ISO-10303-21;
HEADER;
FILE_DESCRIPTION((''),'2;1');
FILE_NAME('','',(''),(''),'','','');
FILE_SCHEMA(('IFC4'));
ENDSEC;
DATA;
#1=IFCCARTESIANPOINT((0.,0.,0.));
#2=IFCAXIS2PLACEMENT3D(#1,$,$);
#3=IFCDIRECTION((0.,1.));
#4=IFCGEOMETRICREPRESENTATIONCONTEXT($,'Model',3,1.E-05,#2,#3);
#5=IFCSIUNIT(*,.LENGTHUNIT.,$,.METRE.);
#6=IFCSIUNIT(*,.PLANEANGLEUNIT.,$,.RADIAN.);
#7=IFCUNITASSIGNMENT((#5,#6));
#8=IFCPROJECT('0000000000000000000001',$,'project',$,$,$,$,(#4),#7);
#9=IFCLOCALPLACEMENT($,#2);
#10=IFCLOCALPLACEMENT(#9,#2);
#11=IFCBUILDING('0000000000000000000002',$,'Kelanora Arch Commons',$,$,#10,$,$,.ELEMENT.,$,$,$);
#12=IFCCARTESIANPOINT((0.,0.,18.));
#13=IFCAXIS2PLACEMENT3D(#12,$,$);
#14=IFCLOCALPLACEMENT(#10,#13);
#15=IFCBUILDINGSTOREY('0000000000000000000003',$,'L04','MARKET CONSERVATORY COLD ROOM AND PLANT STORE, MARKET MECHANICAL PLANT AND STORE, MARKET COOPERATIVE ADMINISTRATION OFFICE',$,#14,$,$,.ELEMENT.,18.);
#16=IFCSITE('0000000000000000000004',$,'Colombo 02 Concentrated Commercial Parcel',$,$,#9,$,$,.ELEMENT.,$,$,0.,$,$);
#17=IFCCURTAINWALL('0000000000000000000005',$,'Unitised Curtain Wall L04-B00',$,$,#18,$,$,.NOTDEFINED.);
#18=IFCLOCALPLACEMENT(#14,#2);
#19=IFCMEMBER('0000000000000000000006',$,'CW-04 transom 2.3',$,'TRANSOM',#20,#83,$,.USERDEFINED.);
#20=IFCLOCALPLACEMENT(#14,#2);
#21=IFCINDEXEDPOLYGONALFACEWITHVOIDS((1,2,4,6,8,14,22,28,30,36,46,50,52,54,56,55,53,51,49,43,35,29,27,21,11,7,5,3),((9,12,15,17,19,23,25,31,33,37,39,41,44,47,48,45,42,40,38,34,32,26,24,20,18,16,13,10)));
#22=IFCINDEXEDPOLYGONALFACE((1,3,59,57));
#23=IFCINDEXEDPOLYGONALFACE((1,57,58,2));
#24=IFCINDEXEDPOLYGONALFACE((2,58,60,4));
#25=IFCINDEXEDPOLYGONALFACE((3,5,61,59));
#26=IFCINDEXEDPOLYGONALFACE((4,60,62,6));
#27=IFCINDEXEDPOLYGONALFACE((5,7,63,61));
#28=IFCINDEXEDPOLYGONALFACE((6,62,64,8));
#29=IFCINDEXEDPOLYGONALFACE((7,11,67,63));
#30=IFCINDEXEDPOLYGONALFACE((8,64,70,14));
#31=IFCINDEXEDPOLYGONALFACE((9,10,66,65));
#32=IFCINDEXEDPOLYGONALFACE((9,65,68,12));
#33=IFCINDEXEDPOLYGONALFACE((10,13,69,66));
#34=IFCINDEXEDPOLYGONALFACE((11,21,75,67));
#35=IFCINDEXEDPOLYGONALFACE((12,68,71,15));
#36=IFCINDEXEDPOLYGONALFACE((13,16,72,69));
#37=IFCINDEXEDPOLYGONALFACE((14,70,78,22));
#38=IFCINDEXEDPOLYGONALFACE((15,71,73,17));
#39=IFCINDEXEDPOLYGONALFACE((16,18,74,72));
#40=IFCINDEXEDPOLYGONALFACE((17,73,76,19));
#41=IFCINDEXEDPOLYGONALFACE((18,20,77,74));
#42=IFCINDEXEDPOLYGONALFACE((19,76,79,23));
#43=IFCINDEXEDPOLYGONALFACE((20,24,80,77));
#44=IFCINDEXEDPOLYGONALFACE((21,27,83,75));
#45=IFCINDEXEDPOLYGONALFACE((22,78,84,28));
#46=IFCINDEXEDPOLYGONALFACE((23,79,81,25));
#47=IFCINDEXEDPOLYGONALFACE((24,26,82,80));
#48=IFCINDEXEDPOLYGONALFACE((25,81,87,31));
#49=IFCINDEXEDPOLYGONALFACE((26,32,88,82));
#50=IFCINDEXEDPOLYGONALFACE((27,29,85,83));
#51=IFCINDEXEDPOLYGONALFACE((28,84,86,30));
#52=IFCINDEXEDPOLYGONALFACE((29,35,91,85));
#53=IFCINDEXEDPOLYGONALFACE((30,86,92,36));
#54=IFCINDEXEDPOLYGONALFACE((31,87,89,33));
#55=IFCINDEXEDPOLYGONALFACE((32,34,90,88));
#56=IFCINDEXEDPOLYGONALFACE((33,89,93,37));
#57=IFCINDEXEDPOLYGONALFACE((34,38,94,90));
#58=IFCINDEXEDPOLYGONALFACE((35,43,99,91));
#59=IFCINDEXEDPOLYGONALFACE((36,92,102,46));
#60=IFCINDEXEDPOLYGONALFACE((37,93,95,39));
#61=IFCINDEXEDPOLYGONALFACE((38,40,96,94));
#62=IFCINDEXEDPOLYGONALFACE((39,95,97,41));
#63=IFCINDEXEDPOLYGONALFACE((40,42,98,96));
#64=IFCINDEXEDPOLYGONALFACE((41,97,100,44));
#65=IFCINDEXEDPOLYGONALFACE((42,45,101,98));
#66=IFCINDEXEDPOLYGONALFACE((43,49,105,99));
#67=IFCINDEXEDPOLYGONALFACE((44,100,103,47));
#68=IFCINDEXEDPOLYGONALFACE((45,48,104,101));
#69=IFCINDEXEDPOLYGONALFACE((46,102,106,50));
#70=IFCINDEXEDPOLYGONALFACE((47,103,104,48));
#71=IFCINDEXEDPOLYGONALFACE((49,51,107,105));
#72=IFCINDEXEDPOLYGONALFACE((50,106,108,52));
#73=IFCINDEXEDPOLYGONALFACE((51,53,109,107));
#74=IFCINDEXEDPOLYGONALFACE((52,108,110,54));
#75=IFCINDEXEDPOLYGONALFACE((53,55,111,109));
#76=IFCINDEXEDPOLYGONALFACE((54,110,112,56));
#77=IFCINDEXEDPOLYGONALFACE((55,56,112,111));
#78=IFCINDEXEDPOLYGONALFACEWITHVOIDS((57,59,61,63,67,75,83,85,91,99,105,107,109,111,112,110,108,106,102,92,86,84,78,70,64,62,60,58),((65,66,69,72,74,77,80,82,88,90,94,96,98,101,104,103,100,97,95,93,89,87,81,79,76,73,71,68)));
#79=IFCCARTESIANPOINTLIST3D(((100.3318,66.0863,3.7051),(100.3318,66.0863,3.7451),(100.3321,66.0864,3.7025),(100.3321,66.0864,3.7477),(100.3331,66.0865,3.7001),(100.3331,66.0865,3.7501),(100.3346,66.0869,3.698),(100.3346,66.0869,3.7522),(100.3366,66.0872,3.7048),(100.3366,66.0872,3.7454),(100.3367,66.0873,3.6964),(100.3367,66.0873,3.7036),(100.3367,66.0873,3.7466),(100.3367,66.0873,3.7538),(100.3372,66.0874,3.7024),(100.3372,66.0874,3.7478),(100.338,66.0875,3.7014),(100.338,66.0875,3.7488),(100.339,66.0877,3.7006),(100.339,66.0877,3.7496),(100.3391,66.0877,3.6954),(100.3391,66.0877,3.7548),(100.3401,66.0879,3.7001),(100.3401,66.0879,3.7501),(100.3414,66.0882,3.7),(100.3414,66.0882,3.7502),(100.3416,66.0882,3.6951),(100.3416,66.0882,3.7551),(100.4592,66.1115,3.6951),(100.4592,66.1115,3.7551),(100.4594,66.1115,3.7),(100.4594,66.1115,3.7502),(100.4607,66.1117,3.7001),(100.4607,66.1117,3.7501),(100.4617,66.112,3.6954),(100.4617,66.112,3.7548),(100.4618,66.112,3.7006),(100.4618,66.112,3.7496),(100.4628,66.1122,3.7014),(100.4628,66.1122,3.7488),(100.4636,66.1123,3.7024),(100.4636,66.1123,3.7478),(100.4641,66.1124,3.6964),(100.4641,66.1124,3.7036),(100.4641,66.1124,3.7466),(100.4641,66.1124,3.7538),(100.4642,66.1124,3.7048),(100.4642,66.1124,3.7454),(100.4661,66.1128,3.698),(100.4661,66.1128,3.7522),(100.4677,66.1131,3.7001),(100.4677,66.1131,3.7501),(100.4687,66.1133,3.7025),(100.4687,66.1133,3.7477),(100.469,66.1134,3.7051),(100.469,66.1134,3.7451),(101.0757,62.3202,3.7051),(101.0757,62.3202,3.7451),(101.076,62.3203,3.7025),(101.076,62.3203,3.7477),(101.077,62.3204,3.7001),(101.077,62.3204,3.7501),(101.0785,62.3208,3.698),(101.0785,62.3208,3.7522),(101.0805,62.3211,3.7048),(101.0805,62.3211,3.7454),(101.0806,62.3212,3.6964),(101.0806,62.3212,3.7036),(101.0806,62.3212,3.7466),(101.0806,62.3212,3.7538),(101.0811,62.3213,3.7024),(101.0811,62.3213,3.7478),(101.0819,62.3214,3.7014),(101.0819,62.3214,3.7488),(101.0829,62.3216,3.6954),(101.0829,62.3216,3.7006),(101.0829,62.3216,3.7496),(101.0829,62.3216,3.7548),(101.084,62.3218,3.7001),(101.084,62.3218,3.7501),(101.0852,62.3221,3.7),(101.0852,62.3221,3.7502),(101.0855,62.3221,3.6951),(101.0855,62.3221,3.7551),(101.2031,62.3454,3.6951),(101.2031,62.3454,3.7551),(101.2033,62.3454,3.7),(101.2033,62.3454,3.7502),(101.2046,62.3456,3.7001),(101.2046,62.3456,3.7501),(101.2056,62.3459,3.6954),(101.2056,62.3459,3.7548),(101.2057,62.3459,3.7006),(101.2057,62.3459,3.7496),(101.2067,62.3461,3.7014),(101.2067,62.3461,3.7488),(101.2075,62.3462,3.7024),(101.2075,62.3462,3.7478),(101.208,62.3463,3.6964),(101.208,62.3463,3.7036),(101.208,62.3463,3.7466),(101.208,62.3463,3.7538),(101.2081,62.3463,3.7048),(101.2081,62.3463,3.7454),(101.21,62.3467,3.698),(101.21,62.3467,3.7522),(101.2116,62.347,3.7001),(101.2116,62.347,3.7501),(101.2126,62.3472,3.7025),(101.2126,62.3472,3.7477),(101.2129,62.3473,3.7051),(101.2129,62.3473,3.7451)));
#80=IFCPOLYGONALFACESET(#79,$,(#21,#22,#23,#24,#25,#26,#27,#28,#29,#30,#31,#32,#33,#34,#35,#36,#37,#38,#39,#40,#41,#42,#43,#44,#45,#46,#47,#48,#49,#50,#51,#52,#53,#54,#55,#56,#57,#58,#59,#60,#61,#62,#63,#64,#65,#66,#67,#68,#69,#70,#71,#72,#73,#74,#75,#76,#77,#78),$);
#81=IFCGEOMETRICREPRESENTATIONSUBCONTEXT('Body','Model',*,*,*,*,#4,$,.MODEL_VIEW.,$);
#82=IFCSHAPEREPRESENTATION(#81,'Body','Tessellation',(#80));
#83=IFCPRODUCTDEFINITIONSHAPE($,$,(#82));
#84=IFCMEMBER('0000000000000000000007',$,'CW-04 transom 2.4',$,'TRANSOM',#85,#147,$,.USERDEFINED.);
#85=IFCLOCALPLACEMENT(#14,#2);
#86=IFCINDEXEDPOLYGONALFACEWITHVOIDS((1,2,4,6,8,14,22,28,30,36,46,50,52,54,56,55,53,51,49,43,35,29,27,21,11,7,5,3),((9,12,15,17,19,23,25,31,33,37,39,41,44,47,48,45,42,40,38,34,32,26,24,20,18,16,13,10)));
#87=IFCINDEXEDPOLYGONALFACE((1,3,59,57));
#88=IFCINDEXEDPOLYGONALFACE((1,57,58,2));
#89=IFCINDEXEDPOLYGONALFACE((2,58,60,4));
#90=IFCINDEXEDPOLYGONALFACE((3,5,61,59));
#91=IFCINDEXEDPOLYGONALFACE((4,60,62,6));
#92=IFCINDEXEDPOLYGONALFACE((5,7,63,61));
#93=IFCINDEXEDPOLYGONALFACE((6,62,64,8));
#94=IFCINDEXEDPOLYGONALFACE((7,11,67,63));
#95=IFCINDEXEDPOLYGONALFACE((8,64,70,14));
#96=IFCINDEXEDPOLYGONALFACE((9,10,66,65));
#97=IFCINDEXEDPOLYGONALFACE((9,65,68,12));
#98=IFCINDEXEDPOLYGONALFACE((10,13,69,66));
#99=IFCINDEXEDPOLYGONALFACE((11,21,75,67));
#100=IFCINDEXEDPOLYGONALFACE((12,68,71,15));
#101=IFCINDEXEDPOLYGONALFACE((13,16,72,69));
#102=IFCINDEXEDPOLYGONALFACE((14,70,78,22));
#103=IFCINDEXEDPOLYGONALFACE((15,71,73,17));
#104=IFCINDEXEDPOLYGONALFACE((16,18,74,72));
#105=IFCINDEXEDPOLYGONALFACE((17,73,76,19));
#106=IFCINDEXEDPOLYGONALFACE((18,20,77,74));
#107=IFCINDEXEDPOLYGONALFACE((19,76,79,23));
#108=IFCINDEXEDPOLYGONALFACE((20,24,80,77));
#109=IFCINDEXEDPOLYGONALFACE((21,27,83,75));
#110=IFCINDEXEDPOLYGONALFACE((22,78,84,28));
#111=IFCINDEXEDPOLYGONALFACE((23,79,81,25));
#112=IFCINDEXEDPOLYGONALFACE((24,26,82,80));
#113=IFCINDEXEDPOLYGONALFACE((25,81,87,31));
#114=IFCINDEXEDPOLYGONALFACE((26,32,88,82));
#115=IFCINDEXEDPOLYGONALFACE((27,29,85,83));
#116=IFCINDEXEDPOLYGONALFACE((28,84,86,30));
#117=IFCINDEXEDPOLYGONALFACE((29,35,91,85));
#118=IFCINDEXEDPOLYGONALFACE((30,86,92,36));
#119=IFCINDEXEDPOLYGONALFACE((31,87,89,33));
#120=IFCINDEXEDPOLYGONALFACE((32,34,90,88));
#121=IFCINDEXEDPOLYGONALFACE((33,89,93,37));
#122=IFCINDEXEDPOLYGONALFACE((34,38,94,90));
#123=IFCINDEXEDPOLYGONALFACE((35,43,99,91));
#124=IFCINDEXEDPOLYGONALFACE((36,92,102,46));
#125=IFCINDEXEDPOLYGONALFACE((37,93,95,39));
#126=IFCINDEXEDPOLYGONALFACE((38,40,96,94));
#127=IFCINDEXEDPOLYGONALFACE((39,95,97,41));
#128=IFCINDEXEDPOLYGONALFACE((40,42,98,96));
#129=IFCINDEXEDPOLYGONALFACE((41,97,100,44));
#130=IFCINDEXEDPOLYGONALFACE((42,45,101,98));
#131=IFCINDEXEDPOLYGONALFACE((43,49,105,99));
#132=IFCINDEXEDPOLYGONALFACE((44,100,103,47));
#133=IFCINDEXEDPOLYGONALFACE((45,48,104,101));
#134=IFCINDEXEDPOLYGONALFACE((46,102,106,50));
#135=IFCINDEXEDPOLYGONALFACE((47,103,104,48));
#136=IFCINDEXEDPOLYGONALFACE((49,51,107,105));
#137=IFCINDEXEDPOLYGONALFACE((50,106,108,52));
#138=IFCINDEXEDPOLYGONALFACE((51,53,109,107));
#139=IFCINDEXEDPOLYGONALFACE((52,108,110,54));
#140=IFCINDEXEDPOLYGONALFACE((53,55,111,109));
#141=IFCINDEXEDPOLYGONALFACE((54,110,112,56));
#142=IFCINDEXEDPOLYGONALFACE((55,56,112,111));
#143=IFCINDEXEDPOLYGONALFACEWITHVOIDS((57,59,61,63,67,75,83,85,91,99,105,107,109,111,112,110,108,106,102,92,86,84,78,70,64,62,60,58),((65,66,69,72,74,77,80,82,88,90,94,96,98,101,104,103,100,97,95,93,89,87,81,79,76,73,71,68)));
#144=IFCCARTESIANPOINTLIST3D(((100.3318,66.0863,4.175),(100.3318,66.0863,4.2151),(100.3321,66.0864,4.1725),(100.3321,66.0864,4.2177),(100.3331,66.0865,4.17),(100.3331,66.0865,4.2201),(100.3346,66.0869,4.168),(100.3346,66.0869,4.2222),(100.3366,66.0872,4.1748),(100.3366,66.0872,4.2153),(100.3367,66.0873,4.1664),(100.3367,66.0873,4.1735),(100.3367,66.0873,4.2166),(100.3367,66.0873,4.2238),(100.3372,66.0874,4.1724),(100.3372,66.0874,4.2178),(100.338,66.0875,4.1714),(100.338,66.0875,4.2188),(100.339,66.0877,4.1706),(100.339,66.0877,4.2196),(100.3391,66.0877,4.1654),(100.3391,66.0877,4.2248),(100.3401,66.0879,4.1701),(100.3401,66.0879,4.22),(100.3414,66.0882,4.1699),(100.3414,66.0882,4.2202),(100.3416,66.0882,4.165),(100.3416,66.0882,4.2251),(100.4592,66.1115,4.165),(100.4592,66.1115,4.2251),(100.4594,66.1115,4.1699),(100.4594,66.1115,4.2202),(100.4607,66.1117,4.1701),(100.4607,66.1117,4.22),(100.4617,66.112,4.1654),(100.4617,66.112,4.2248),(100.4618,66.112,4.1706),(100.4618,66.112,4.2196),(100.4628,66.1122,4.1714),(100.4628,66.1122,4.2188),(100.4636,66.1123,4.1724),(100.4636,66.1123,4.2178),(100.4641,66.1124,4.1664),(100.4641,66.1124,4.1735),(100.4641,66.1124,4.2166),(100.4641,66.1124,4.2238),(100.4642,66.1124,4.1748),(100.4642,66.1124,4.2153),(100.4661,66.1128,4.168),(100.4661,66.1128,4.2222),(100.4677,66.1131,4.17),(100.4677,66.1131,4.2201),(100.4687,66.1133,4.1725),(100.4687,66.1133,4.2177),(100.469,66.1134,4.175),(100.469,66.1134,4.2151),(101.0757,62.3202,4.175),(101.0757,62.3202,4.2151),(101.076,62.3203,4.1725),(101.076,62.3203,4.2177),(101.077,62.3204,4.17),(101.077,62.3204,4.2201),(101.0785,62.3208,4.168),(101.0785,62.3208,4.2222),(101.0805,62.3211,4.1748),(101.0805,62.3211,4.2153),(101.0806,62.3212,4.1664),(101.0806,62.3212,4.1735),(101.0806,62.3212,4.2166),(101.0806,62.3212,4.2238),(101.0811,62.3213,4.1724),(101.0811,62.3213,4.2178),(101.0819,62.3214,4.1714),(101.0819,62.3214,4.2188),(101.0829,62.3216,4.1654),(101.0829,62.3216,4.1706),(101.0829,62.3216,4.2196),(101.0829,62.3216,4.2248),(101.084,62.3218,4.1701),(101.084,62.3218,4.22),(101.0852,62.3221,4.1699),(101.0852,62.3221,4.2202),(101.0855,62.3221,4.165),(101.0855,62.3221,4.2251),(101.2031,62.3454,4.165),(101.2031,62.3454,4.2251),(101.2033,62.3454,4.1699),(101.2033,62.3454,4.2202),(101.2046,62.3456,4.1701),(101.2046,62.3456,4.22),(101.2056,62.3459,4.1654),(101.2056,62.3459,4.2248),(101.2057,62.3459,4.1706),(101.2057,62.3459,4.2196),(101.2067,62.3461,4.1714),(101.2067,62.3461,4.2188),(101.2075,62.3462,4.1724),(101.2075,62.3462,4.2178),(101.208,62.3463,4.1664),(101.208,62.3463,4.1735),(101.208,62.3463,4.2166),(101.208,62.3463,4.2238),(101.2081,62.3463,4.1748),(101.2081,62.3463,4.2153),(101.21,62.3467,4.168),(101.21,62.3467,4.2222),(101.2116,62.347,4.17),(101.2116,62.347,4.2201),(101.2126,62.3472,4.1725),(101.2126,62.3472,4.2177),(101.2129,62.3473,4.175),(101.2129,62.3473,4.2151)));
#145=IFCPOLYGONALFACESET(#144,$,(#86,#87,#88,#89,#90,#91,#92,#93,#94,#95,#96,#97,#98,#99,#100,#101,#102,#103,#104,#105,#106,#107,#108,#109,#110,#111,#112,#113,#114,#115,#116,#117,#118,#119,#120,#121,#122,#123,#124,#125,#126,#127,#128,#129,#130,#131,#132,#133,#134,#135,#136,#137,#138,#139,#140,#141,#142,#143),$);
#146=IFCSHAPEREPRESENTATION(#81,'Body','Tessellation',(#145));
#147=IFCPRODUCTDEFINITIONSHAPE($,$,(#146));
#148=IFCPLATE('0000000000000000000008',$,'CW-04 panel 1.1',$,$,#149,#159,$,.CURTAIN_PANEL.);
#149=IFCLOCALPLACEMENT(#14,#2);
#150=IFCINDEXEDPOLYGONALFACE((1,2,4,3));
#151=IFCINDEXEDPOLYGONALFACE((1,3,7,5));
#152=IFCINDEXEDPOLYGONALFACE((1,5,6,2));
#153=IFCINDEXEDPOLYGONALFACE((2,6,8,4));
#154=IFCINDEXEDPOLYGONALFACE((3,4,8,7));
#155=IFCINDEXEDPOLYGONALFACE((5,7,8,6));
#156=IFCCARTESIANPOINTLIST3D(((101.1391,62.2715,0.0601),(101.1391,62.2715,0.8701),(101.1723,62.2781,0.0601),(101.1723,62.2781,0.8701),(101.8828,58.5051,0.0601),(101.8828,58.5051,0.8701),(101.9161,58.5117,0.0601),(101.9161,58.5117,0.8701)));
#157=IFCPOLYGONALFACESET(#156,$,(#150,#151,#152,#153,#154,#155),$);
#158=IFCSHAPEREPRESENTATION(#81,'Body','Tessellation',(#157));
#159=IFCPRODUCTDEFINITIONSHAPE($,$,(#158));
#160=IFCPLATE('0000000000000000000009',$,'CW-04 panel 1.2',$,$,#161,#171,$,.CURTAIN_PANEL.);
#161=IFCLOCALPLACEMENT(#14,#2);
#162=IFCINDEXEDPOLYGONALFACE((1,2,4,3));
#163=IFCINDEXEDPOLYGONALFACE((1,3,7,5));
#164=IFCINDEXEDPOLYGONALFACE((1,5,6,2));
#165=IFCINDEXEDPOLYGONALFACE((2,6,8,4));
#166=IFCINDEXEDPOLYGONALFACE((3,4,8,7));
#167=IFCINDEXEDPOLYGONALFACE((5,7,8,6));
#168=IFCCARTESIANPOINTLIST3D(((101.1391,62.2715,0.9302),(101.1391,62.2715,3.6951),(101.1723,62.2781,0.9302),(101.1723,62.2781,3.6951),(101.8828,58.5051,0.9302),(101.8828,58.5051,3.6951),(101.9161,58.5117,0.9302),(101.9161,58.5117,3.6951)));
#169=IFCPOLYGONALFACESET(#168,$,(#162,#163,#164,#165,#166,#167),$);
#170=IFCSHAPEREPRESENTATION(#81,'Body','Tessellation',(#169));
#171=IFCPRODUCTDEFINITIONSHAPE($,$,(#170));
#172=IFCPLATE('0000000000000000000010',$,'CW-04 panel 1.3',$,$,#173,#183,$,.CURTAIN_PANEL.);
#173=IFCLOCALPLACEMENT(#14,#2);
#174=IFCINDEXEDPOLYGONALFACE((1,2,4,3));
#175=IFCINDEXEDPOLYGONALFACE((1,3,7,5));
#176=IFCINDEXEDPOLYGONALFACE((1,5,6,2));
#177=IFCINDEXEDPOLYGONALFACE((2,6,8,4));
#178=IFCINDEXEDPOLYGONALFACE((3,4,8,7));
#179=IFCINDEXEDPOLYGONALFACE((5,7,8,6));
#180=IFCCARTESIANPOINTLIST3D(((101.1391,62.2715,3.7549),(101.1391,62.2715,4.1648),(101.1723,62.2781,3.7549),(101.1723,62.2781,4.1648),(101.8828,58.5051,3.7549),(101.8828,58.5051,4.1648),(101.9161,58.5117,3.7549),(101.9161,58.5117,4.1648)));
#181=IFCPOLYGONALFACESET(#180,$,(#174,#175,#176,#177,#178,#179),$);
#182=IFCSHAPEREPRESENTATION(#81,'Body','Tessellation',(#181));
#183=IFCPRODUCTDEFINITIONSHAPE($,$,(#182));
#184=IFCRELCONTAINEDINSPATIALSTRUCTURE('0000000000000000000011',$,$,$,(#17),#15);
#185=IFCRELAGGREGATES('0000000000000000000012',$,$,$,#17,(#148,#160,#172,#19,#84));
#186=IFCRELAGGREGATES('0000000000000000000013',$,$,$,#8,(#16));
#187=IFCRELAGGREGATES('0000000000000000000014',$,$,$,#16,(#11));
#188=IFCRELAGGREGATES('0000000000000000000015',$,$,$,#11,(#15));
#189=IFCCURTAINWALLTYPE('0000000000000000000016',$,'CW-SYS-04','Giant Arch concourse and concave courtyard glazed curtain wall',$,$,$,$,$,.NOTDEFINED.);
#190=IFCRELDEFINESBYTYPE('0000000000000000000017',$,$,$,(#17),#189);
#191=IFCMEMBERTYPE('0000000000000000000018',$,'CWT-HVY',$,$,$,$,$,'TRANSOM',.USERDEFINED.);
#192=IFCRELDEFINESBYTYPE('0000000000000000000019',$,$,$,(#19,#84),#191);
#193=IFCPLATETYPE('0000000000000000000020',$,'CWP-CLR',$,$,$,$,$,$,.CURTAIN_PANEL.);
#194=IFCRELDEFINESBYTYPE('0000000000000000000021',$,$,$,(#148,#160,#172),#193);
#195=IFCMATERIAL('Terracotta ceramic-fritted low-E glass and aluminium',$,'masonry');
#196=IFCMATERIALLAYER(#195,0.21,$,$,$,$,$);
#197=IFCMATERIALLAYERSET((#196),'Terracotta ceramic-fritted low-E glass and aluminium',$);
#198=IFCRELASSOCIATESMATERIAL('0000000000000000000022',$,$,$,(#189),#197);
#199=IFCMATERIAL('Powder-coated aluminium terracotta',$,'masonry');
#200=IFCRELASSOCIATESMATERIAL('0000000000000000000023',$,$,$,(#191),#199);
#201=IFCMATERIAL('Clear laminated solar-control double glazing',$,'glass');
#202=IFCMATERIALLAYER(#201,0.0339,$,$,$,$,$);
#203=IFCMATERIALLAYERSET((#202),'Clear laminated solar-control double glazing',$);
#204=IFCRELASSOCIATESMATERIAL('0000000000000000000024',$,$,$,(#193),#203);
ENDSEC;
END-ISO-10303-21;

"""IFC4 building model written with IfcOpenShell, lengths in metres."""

from ifc_helpers import new_model, si_unit, direction, frame, origin, origin_2d, place, context, subcontext, project, spatial, rectangle, hollow_rectangle, extrude, source, transform, mapped, material, layer, layer_set, material_profile, profile_set, type_object, element, aggregate, save


model = new_model("IFC4")

# Units and contexts
model_context = context("Model", 3, precision=1e-05, world=origin(), true_north=direction((0.0, 1.0)))
body_context = subcontext(model_context, "Body", "Model", "MODEL_VIEW")
ifc_project = project(units=[si_unit("LENGTHUNIT", "METRE"), si_unit("PLANEANGLEUNIT", "RADIAN")], contexts=[model_context])

# Site, building, storey
site_placement = place(None, origin())
site = spatial("IfcSite", under=ifc_project, at=site_placement, Name="Colombo 02 Concentrated Commercial Parcel", CompositionType="ELEMENT", RefElevation=0.0)
building_placement = place(site_placement, origin())
building = spatial("IfcBuilding", under=site, at=building_placement, Name="Kelanora Arch Commons", CompositionType="ELEMENT")
storey_placement = place(building_placement, frame((0.0, 0.0, 18.0)))
storey = spatial("IfcBuildingStorey", under=building, at=storey_placement, Name="L04", Description="MARKET CONSERVATORY COLD ROOM AND PLANT STORE, MARKET MECHANICAL PLANT AND STORE, MARKET COOPERATIVE ADMINISTRATION OFFICE", CompositionType="ELEMENT", Elevation=18.0)

# Curtain wall, members, plates
ifc_material_1 = material(Name="Terracotta ceramic-fritted low-E glass and aluminium", Category="masonry")
ifc_layer_1 = layer(ifc_material_1, 0.21)
ifc_layer_set_1 = layer_set([ifc_layer_1], Name="Terracotta ceramic-fritted low-E glass and aluminium")
curtain_wall_type = type_object("IfcCurtainWallType", Name="CW-SYS-04", Description="Giant Arch concourse and concave courtyard glazed curtain wall", PredefinedType="NOTDEFINED", material=ifc_layer_set_1)
curtain_wall_placement = place(storey_placement, origin())
curtain_wall = element("IfcCurtainWall", 1, at=curtain_wall_placement, inside=storey, type_object=curtain_wall_type, Name="Unitised Curtain Wall L04-B00", PredefinedType="NOTDEFINED")
ifc_material_2 = material(Name="Powder-coated aluminium terracotta", Category="masonry")
ifc_material_profile_1 = material_profile(ifc_material_2, hollow_rectangle(XDim=0.1399, YDim=0.0601, WallThickness=0.0049, InnerFilletRadius=0.0049, OuterFilletRadius=0.01, at=origin_2d()), Name="CWT140x60")
ifc_profile_set_1 = profile_set([ifc_material_profile_1], Name="Powder-coated aluminium terracotta")
member_type_1 = type_object("IfcMemberType", Name="CWT-HVY", ElementType="TRANSOM", PredefinedType="USERDEFINED", material=ifc_profile_set_1)
member_1_placement = place(storey_placement, frame((101.1443, 62.3337, 3.7251), z_axis=(-0.19378, 0.981045, 0.0), x_axis=(-0.981045, -0.19378, 0.0)))
member_1 = element("IfcMember", 2, at=member_1_placement, type_object=member_type_1, Name="CW-04 transom 2.3", ObjectType="TRANSOM", PredefinedType="USERDEFINED", context=body_context, shape_type="SweptSolid", body=[
    extrude(hollow_rectangle(XDim=0.1399, YDim=0.0601, WallThickness=0.0049, InnerFilletRadius=0.0049, OuterFilletRadius=0.01, at=origin_2d()), origin(), (0.0, 0.0, 1.0), 3.8389),
])
member_2_placement = place(storey_placement, frame((101.1443, 62.3337, 4.1951), z_axis=(-0.19378, 0.981045, 0.0), x_axis=(-0.981045, -0.19378, 0.0)))
member_2 = element("IfcMember", 3, at=member_2_placement, type_object=member_type_1, Name="CW-04 transom 2.4", ObjectType="TRANSOM", PredefinedType="USERDEFINED", context=body_context, shape_type="SweptSolid", body=[
    extrude(hollow_rectangle(XDim=0.1399, YDim=0.0601, WallThickness=0.0049, InnerFilletRadius=0.0049, OuterFilletRadius=0.01, at=origin_2d()), origin(), (0.0, 0.0, 1.0), 3.8389),
])
ifc_material_3 = material(Name="Clear laminated solar-control double glazing", Category="glass")
ifc_layer_2 = layer(ifc_material_3, 0.0339)
ifc_layer_set_2 = layer_set([ifc_layer_2], Name="Clear laminated solar-control double glazing")
plate_type = type_object("IfcPlateType", Name="CWP-CLR", PredefinedType="CURTAIN_PANEL", material=ifc_layer_set_2)
shared_shape_1 = source(origin(), body_context, "Body", "SweptSolid", [
    extrude(rectangle(XDim=3.8391, YDim=0.0339, at=origin_2d()), origin(), (0.0, 0.0, 1.0), 0.8101),
])
plate_1_placement = place(storey_placement, frame((101.5276, 60.3916, 0.0601), z_axis=(0.0, 0.0, 1.0), x_axis=(-0.193737, 0.981054, 0.0)))
plate_1 = element("IfcPlate", 4, at=plate_1_placement, type_object=plate_type, Name="CW-04 panel 1.1", PredefinedType="CURTAIN_PANEL", context=body_context, shape_type="MappedRepresentation", body=[
    mapped(shared_shape_1, transform((0.0, 0.0, 0.0), scale=1.0)),
])
shared_shape_2 = source(origin(), body_context, "Body", "SweptSolid", [
    extrude(rectangle(XDim=3.8391, YDim=0.0339, at=origin_2d()), origin(), (0.0, 0.0, 1.0), 2.7649),
])
plate_2_placement = place(storey_placement, frame((101.5276, 60.3916, 0.9302), z_axis=(0.0, 0.0, 1.0), x_axis=(-0.193737, 0.981054, 0.0)))
plate_2 = element("IfcPlate", 5, at=plate_2_placement, type_object=plate_type, Name="CW-04 panel 1.2", PredefinedType="CURTAIN_PANEL", context=body_context, shape_type="MappedRepresentation", body=[
    mapped(shared_shape_2, transform((0.0, 0.0, 0.0), scale=1.0)),
])
shared_shape_3 = source(origin(), body_context, "Body", "SweptSolid", [
    extrude(rectangle(XDim=3.8391, YDim=0.0339, at=origin_2d()), origin(), (0.0, 0.0, 1.0), 0.4099),
])
plate_3_placement = place(storey_placement, frame((101.5276, 60.3916, 3.7549), z_axis=(0.0, 0.0, 1.0), x_axis=(-0.193737, 0.981054, 0.0)))
plate_3 = element("IfcPlate", 6, at=plate_3_placement, type_object=plate_type, Name="CW-04 panel 1.3", PredefinedType="CURTAIN_PANEL", context=body_context, shape_type="MappedRepresentation", body=[
    mapped(shared_shape_3, transform((0.0, 0.0, 0.0), scale=1.0)),
])
aggregate(curtain_wall, [plate_1, plate_2, plate_3, member_1, member_2])

save(model, "model.ifc")
